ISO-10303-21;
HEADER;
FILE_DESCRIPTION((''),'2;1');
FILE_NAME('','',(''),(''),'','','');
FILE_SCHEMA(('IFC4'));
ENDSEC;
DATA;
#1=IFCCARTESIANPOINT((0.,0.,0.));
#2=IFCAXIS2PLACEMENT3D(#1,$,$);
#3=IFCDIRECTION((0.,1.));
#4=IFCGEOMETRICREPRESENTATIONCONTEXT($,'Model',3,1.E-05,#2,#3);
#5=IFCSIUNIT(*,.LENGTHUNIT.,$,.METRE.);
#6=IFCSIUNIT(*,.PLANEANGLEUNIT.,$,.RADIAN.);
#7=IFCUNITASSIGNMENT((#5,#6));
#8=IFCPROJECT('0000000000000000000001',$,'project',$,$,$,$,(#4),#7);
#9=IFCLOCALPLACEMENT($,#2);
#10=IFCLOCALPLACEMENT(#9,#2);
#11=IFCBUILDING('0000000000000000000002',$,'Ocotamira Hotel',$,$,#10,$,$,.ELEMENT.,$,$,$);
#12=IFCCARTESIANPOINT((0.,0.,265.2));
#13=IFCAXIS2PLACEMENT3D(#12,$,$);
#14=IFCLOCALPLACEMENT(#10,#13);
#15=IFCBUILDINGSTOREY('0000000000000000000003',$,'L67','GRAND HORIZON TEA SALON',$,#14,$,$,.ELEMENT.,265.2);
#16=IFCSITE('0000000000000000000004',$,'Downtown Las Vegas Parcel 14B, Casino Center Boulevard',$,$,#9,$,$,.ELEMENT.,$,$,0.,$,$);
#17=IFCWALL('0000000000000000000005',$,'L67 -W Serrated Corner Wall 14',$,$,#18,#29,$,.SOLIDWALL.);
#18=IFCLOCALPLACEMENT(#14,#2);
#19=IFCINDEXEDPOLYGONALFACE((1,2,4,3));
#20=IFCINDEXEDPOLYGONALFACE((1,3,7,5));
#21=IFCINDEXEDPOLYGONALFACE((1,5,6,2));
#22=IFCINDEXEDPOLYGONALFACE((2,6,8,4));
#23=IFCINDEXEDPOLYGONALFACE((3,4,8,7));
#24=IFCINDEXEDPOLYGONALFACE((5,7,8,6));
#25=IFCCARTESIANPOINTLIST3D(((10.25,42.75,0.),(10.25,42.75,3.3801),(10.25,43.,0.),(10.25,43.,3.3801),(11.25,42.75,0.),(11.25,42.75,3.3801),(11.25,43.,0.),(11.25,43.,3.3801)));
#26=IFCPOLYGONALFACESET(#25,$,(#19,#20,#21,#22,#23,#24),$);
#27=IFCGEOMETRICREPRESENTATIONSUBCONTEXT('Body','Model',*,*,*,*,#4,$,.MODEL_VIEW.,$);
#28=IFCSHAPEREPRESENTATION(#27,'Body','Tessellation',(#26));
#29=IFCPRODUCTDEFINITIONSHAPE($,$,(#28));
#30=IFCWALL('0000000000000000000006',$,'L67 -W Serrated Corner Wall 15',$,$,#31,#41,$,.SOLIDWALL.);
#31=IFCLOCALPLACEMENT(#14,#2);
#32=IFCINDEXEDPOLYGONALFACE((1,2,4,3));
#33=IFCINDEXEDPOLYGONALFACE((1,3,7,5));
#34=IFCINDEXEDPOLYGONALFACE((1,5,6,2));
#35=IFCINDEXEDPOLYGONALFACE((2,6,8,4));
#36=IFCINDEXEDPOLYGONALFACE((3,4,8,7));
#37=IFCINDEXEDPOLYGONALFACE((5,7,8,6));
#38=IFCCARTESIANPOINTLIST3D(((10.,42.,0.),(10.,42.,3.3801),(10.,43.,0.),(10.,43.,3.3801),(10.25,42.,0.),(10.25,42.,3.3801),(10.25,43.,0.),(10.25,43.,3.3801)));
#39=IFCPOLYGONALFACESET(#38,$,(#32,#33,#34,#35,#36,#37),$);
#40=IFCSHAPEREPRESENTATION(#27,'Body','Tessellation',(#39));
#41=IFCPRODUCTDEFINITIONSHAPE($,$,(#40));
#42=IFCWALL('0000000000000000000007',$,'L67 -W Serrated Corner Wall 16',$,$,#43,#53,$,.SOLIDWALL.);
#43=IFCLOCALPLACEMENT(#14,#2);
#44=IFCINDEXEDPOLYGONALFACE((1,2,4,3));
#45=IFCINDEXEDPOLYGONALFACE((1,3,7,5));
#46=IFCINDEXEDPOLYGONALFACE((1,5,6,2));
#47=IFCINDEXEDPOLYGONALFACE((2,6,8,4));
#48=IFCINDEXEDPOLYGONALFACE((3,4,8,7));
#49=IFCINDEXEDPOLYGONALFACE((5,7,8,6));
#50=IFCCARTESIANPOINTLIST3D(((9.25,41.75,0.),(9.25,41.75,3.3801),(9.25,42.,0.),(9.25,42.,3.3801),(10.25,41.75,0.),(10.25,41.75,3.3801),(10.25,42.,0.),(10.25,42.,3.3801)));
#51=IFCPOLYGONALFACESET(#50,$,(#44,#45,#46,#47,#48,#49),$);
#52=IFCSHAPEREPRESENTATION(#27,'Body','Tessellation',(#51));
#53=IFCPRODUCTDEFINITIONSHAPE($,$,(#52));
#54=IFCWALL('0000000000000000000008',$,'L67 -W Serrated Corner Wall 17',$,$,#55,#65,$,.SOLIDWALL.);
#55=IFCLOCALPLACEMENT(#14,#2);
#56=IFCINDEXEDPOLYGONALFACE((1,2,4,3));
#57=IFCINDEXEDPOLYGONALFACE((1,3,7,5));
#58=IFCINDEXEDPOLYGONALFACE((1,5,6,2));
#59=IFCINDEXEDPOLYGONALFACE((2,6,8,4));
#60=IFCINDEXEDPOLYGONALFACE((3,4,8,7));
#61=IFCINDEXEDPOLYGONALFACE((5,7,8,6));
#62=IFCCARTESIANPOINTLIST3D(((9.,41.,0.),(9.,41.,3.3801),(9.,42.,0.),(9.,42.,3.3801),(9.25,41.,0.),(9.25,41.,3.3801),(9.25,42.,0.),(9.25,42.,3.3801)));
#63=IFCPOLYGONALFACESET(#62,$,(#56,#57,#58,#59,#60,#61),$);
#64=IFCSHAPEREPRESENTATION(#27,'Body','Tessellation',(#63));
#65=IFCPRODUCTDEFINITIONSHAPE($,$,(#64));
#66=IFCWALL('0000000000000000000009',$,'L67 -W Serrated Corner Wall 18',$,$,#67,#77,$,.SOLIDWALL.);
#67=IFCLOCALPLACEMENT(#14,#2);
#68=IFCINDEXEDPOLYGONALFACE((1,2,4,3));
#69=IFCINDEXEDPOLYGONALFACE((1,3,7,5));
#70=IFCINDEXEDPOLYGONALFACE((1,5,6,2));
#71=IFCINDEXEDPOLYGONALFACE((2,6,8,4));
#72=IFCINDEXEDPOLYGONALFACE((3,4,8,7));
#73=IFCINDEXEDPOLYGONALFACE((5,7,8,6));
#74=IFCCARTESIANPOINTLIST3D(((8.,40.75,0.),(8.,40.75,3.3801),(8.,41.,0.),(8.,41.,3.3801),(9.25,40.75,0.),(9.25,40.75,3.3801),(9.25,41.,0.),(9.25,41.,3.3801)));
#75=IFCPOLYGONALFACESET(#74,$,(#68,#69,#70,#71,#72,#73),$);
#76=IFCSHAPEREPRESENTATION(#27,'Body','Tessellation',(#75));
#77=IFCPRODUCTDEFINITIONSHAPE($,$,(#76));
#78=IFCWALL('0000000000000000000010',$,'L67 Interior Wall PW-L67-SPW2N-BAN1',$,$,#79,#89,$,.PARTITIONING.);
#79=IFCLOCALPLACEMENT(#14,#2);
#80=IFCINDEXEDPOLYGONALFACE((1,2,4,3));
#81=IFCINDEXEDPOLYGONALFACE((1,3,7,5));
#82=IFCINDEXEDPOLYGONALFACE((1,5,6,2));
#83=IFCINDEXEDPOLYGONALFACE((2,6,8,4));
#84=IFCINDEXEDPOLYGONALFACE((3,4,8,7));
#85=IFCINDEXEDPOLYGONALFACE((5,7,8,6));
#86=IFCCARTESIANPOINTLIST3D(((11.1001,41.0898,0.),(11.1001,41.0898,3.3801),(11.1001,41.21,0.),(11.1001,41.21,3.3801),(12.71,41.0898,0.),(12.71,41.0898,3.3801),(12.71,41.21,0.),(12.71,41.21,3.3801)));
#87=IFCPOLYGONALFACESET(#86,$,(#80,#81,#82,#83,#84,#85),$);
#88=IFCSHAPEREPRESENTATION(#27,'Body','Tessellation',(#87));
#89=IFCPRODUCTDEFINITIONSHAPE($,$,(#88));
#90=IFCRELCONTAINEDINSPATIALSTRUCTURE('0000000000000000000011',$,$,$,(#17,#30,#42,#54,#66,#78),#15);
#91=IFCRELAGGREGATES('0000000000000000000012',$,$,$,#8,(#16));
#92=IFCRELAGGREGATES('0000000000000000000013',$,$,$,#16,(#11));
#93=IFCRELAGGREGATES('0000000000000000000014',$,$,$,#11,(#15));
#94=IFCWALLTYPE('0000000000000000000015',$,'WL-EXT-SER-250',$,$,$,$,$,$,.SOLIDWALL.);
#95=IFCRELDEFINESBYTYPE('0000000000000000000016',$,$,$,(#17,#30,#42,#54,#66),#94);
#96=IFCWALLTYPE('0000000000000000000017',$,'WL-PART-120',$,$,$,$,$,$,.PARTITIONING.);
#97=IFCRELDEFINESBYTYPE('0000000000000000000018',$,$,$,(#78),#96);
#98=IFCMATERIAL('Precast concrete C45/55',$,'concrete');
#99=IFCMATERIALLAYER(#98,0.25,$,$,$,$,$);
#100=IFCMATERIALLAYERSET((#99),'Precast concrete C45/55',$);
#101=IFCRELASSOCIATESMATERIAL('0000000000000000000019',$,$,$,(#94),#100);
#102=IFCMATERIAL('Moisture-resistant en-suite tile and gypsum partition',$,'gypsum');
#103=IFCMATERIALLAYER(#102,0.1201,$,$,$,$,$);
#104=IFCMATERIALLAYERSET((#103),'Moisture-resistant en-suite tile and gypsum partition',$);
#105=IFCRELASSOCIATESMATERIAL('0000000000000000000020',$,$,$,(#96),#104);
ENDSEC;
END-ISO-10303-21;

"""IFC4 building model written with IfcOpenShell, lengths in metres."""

from ifc_helpers import new_model, si_unit, direction, frame, frame_2d, origin, place, context, subcontext, project, spatial, rectangle, extrude, material, layer, layer_set, type_object, element, save


model = new_model("IFC4")

# Units and contexts
model_context = context("Model", 3, precision=1e-05, world=origin(), true_north=direction((0.0, 1.0)))
body_context = subcontext(model_context, "Body", "Model", "MODEL_VIEW")
ifc_project = project(units=[si_unit("LENGTHUNIT", "METRE"), si_unit("PLANEANGLEUNIT", "RADIAN")], contexts=[model_context])

# Site, building, storey
site_placement = place(None, origin())
site = spatial("IfcSite", under=ifc_project, at=site_placement, Name="Downtown Las Vegas Parcel 14B, Casino Center Boulevard", CompositionType="ELEMENT", RefElevation=0.0)
building_placement = place(site_placement, origin())
building = spatial("IfcBuilding", under=site, at=building_placement, Name="Ocotamira Hotel", CompositionType="ELEMENT")
storey_placement = place(building_placement, frame((0.0, 0.0, 265.2)))
storey = spatial("IfcBuildingStorey", under=building, at=storey_placement, Name="L67", Description="GRAND HORIZON TEA SALON", CompositionType="ELEMENT", Elevation=265.2)

# Walls
ifc_material_1 = material(Name="Precast concrete C45/55", Category="concrete")
ifc_layer_1 = layer(ifc_material_1, 0.25)
ifc_layer_set_1 = layer_set([ifc_layer_1], Name="Precast concrete C45/55")
wall_type_1 = type_object("IfcWallType", Name="WL-EXT-SER-250", PredefinedType="SOLIDWALL", material=ifc_layer_set_1)
for number, where, z_axis, x_axis, name in (
    (1, (11.25, 42.875, 0.0), (0.0, 0.0, 1.0), (-1.0, 0.0, 0.0), "L67 -W Serrated Corner Wall 14"),
    (2, (10.125, 43.0, 0.0), (0.0, 0.0, 1.0), (0.0, -1.0, 0.0), "L67 -W Serrated Corner Wall 15"),
    (3, (10.25, 41.875, 0.0), (0.0, 0.0, 1.0), (-1.0, 0.0, 0.0), "L67 -W Serrated Corner Wall 16"),
    (4, (9.125, 42.0, 0.0), (0.0, 0.0, 1.0), (0.0, -1.0, 0.0), "L67 -W Serrated Corner Wall 17"),
):
    element("IfcWall", number, at=place(storey_placement, frame(where, z_axis=z_axis, x_axis=x_axis)), inside=storey, type_object=wall_type_1, Name=name, PredefinedType="SOLIDWALL", context=body_context, shape_type="SweptSolid", body=[
        extrude(rectangle(XDim=1.0, YDim=0.25, at=frame_2d((0.5, 0.0))), origin(), (0.0, 0.0, 1.0), 3.3801),
    ])
wall_1_placement = place(storey_placement, frame((9.25, 40.875, 0.0), z_axis=(0.0, 0.0, 1.0), x_axis=(-1.0, 0.0, 0.0)))
element("IfcWall", 5, at=wall_1_placement, inside=storey, type_object=wall_type_1, Name="L67 -W Serrated Corner Wall 18", PredefinedType="SOLIDWALL", context=body_context, shape_type="SweptSolid", body=[
    extrude(rectangle(XDim=1.25, YDim=0.25, at=frame_2d((0.625, 0.0))), origin(), (0.0, 0.0, 1.0), 3.3801),
])
ifc_material_2 = material(Name="Moisture-resistant en-suite tile and gypsum partition", Category="gypsum")
ifc_layer_2 = layer(ifc_material_2, 0.1201)
ifc_layer_set_2 = layer_set([ifc_layer_2], Name="Moisture-resistant en-suite tile and gypsum partition")
wall_type_2 = type_object("IfcWallType", Name="WL-PART-120", PredefinedType="PARTITIONING", material=ifc_layer_set_2)
wall_2_placement = place(storey_placement, frame((11.1001, 41.1499, 0.0), z_axis=(0.0, 0.0, 1.0), x_axis=(1.0, 0.0, 0.0)))
element("IfcWall", 6, at=wall_2_placement, inside=storey, type_object=wall_type_2, Name="L67 Interior Wall PW-L67-SPW2N-BAN1", PredefinedType="PARTITIONING", context=body_context, shape_type="SweptSolid", body=[
    extrude(rectangle(XDim=1.6099, YDim=0.1201, at=frame_2d((0.8049, 0.0))), origin(), (0.0, 0.0, 1.0), 3.3801),
])

save(model, "model.ifc")
